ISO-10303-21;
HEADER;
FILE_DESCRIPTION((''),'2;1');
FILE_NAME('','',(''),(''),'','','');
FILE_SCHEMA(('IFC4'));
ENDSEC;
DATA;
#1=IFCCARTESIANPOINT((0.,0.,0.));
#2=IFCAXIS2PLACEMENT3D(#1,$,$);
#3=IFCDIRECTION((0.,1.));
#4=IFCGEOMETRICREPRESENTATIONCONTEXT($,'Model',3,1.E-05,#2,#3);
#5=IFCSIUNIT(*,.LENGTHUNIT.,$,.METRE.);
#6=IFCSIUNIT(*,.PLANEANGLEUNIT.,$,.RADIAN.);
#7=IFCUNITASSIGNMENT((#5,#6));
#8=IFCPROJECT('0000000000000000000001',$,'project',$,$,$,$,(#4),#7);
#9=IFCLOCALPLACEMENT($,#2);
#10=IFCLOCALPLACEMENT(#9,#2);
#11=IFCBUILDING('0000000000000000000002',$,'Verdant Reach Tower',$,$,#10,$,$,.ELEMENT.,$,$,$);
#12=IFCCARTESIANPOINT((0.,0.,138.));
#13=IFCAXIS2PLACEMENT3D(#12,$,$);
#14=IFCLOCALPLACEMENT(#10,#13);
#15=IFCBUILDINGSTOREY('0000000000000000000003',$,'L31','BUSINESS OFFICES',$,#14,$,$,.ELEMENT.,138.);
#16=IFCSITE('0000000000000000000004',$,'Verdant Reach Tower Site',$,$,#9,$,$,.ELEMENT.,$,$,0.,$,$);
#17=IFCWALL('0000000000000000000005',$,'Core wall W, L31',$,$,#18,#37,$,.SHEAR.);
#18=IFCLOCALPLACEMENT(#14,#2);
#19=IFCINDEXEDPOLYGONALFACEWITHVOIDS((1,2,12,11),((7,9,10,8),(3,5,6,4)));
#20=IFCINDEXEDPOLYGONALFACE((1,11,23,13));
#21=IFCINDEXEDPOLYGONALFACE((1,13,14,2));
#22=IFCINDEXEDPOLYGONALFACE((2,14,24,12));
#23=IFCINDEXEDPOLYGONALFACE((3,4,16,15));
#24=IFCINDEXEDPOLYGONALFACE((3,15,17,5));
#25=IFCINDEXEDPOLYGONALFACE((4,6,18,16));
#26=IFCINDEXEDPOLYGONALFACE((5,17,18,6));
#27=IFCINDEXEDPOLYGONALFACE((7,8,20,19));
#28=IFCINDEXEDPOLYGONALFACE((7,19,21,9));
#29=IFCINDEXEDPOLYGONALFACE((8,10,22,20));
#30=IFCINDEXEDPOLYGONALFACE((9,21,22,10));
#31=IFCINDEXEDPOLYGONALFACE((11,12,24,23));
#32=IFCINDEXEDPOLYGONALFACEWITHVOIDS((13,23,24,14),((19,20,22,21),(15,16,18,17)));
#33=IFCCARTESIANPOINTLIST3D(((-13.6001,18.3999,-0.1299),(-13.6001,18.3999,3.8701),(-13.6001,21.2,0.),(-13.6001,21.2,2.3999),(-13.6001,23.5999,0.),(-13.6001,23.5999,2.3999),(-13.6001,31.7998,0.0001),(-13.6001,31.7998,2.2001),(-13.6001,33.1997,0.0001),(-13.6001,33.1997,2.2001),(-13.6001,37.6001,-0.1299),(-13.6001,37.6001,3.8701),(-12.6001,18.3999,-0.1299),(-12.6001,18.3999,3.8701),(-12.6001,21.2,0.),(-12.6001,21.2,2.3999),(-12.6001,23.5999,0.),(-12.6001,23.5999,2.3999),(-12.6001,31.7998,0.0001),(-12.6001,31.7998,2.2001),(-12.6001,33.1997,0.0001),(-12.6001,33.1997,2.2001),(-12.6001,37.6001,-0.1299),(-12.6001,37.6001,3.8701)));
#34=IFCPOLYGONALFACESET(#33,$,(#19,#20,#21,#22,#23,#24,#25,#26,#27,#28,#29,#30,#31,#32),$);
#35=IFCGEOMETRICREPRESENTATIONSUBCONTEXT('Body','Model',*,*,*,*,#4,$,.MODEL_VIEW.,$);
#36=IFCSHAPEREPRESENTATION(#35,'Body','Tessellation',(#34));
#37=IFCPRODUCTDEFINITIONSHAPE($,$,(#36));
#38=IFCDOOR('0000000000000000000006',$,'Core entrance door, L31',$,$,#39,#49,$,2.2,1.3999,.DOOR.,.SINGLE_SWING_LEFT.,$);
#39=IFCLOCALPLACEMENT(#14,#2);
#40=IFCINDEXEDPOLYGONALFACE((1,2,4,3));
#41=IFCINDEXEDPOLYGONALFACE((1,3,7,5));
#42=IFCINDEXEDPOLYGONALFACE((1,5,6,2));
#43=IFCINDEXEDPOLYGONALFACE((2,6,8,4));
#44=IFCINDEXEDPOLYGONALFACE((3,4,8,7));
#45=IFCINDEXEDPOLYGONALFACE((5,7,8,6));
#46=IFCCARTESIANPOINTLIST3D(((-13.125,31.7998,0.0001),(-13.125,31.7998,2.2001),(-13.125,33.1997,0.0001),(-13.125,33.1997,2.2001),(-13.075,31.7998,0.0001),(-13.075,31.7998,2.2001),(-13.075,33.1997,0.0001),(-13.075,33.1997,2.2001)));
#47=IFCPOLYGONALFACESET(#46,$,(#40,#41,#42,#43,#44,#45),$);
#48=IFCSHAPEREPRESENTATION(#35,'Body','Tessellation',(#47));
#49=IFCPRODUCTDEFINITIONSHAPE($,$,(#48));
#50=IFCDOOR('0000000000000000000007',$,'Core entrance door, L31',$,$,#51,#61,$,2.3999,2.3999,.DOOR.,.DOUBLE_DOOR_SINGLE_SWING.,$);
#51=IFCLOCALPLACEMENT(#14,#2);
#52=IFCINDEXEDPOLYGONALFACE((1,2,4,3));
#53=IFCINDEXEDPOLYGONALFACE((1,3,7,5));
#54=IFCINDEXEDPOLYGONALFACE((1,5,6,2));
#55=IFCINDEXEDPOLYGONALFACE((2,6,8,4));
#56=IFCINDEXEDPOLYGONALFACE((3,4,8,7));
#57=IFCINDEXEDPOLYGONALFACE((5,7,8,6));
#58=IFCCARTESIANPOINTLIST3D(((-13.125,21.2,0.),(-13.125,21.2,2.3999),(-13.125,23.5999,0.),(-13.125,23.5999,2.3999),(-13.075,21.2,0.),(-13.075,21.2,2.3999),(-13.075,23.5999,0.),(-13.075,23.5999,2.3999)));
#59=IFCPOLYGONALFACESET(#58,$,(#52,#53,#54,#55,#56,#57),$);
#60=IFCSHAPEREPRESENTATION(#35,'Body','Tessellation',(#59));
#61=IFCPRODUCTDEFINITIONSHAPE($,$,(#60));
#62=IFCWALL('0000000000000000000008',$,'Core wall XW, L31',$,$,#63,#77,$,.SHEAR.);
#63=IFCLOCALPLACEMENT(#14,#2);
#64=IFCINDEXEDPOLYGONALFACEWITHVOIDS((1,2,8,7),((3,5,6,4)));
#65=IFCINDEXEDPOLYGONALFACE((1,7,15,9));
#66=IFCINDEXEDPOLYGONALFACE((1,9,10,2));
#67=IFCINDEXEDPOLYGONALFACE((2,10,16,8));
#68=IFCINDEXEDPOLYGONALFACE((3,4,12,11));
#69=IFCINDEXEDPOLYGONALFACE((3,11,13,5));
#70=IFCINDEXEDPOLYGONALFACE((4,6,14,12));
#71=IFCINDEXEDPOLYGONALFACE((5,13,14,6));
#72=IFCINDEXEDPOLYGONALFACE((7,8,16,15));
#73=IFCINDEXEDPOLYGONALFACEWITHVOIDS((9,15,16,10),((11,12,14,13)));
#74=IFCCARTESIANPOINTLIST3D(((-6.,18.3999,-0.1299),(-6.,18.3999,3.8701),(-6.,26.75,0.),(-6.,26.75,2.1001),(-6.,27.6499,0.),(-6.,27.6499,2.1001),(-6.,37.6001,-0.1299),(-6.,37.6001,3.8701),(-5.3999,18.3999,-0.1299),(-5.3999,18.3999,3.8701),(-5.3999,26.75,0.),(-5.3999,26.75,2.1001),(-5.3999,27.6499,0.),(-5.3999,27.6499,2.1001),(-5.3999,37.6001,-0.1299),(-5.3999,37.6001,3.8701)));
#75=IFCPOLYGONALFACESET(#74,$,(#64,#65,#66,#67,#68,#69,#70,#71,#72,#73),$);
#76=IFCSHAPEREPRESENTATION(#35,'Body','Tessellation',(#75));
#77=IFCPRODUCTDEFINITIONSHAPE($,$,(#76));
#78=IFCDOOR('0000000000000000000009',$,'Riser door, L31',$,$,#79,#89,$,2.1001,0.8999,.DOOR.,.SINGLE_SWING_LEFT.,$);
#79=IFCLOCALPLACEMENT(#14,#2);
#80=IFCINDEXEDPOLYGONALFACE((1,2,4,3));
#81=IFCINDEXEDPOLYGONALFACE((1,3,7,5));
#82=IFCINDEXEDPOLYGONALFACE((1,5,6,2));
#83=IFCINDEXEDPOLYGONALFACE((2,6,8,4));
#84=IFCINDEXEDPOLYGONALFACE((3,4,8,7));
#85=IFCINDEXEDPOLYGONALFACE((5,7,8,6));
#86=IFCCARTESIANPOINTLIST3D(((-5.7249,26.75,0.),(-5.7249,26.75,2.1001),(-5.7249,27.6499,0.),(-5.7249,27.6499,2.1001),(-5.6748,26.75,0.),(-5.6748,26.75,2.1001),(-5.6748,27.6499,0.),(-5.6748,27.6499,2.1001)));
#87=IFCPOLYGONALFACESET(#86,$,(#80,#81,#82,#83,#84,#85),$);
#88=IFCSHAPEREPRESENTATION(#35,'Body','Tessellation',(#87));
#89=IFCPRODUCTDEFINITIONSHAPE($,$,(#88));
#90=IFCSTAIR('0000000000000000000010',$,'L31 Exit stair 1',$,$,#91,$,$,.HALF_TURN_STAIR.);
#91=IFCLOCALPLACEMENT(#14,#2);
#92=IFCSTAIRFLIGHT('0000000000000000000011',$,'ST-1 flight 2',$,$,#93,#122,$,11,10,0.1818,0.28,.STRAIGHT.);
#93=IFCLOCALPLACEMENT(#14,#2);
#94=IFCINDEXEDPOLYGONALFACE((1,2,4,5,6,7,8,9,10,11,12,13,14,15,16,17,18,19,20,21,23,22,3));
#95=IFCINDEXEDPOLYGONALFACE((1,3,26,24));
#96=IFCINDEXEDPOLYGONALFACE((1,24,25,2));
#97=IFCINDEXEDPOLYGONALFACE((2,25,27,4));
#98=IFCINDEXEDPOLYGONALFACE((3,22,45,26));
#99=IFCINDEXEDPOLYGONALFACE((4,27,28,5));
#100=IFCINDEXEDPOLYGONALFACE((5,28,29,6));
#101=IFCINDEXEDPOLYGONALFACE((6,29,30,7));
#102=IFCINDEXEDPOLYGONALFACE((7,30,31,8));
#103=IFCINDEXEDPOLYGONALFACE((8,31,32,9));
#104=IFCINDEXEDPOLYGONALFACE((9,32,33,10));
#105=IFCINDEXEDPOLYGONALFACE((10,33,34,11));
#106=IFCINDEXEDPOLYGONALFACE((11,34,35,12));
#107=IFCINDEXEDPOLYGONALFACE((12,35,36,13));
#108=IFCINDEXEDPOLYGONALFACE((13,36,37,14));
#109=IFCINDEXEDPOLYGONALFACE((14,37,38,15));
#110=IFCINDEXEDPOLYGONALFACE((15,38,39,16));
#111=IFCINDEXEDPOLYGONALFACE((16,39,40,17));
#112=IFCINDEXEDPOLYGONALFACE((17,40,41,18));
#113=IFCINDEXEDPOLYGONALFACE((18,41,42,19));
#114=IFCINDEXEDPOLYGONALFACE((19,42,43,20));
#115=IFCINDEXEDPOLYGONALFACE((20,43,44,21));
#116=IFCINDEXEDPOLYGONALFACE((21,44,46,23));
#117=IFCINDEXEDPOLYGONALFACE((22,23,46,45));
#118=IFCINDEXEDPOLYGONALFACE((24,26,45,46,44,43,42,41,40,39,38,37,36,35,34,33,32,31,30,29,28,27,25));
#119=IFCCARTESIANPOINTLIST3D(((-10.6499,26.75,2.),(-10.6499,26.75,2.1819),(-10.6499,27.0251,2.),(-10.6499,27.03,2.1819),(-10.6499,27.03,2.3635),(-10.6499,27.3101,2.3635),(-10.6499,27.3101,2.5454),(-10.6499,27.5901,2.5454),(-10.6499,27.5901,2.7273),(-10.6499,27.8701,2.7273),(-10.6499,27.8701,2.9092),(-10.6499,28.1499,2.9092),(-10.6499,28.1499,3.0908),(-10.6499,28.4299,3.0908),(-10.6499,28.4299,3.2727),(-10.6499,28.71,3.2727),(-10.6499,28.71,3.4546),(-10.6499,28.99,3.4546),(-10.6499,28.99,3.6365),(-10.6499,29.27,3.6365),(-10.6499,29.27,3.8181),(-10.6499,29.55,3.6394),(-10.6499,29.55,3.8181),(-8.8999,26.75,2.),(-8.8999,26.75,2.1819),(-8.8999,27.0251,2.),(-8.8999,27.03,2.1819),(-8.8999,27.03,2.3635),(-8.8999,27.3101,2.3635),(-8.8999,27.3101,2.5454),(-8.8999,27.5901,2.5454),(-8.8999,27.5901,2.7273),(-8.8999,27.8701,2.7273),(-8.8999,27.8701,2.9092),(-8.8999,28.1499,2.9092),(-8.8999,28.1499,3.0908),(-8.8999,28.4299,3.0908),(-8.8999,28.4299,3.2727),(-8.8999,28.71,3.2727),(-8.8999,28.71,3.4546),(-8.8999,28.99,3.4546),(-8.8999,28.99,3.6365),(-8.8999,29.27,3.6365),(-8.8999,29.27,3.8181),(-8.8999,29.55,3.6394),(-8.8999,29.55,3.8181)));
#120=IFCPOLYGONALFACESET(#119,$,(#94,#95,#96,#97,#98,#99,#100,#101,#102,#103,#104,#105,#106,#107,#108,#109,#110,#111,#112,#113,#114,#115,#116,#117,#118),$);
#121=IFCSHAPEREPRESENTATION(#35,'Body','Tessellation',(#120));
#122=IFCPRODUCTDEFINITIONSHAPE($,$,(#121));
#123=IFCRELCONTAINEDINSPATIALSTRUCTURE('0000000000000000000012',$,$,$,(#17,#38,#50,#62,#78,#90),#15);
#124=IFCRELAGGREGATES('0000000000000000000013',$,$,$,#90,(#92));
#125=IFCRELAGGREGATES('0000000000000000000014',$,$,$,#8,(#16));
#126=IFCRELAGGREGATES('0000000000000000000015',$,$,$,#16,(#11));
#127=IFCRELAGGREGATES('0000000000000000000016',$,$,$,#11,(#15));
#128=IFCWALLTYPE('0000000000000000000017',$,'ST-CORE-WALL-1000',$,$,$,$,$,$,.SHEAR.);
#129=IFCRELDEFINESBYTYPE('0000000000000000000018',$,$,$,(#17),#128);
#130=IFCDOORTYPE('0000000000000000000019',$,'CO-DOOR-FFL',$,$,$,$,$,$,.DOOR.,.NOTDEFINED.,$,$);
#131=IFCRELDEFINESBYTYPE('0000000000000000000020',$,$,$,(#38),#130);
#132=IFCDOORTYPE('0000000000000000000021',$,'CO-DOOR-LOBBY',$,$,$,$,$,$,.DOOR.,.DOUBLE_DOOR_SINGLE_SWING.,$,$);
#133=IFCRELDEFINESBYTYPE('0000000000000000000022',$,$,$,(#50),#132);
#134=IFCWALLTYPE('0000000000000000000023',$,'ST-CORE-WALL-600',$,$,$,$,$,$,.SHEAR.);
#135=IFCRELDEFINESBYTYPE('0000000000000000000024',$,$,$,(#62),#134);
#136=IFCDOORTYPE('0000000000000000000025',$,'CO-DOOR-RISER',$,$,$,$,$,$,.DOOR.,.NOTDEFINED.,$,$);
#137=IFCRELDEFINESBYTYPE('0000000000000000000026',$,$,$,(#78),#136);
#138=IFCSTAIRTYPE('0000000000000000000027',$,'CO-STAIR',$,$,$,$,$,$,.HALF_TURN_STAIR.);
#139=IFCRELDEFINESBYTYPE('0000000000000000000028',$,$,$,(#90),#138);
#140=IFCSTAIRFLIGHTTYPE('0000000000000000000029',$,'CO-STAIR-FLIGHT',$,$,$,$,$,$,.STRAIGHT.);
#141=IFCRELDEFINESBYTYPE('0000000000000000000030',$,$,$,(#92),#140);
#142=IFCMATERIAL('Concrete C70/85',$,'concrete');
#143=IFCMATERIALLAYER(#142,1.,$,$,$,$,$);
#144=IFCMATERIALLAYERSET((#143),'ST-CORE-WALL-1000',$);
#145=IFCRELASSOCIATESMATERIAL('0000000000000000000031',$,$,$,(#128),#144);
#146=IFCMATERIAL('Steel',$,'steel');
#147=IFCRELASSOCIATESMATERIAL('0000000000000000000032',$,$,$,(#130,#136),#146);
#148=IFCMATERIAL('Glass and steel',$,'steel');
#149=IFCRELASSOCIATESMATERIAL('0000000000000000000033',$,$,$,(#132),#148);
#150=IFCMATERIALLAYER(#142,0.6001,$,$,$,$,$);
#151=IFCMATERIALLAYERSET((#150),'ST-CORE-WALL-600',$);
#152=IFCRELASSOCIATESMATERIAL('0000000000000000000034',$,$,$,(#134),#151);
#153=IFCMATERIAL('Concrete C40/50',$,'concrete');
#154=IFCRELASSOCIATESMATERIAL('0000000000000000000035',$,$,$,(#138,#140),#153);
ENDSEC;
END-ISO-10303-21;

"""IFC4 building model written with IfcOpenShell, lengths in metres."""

from ifc_helpers import new_model, si_unit, direction, frame, frame_2d, origin, place, context, subcontext, project, spatial, polyline, rectangle, outline, extrude, material, layer, layer_set, type_object, element, fill, aggregate, save


model = new_model("IFC4")

# Units and contexts
model_context = context("Model", 3, precision=1e-05, world=origin(), true_north=direction((0.0, 1.0)))
body_context = subcontext(model_context, "Body", "Model", "MODEL_VIEW")
ifc_project = project(units=[si_unit("LENGTHUNIT", "METRE"), si_unit("PLANEANGLEUNIT", "RADIAN")], contexts=[model_context])

# Site, building, storey
site_placement = place(None, origin())
site = spatial("IfcSite", under=ifc_project, at=site_placement, Name="Verdant Reach Tower Site", CompositionType="ELEMENT", RefElevation=0.0)
building_placement = place(site_placement, origin())
building = spatial("IfcBuilding", under=site, at=building_placement, Name="Verdant Reach Tower", CompositionType="ELEMENT")
storey_placement = place(building_placement, frame((0.0, 0.0, 138.0)))
storey = spatial("IfcBuildingStorey", under=building, at=storey_placement, Name="L31", Description="BUSINESS OFFICES", CompositionType="ELEMENT", Elevation=138.0)

# Shared definitions
ifc_material_1 = material(Name="Concrete C40/50", Category="concrete")

# Wall, openings, doors
ifc_material_2 = material(Name="Concrete C70/85", Category="concrete")
ifc_layer_1 = layer(ifc_material_2, 1.0)
ifc_layer_set_1 = layer_set([ifc_layer_1], Name="ST-CORE-WALL-1000")
wall_type_1 = type_object("IfcWallType", Name="ST-CORE-WALL-1000", PredefinedType="SHEAR", material=ifc_layer_set_1)
wall_1_placement = place(storey_placement, frame((-13.1001, 18.3999, -0.1299), z_axis=(0.0, 0.0, 1.0), x_axis=(0.0, 1.0, 0.0)))
wall_1 = element("IfcWall", 1, at=wall_1_placement, inside=storey, type_object=wall_type_1, Name="Core wall W, L31", PredefinedType="SHEAR", context=body_context, shape_type="SweptSolid", body=[
    extrude(rectangle(XDim=19.2002, YDim=1.0, at=frame_2d((9.6001, 0.0))), origin(), (0.0, 0.0, 1.0), 4.0),
])
opening_1_placement = place(wall_1_placement, frame((2.8, 0.0, 0.1299)))
opening_1 = element("IfcOpeningElement", 2, at=opening_1_placement, cuts=wall_1, PredefinedType="OPENING", context=body_context, shape_type="SweptSolid", body=[
    extrude(rectangle(XDim=2.3999, YDim=2.3999, at=frame_2d((1.2, 1.2))), frame((0.0, 0.51, 0.0), z_axis=(0.0, -1.0, 0.0), x_axis=(1.0, 0.0, 0.0)), (0.0, 0.0, 1.0), 1.02),
])
opening_2_placement = place(wall_1_placement, frame((13.3999, 0.0, 0.1299)))
opening_2 = element("IfcOpeningElement", 3, at=opening_2_placement, cuts=wall_1, PredefinedType="OPENING", context=body_context, shape_type="SweptSolid", body=[
    extrude(rectangle(XDim=1.3999, YDim=2.2, at=frame_2d((0.7, 1.1001))), frame((0.0, 0.51, 0.0), z_axis=(0.0, -1.0, 0.0), x_axis=(1.0, 0.0, 0.0)), (0.0, 0.0, 1.0), 1.02),
])
ifc_material_3 = material(Name="Steel", Category="steel")
door_type_1 = type_object("IfcDoorType", Name="CO-DOOR-FFL", OperationType="NOTDEFINED", PredefinedType="DOOR", material=ifc_material_3)
door_1_placement = place(opening_2_placement, origin())
door_1 = element("IfcDoor", 4, at=door_1_placement, inside=storey, type_object=door_type_1, Name="Core entrance door, L31", OperationType="SINGLE_SWING_LEFT", OverallHeight=2.2, OverallWidth=1.3999, PredefinedType="DOOR", context=body_context, shape_type="SweptSolid", body=[
    extrude(rectangle(XDim=1.3999, YDim=2.2, at=frame_2d((0.7, 1.1001))), frame((0.0, 0.0249, 0.0), z_axis=(0.0, -1.0, 0.0), x_axis=(1.0, 0.0, 0.0)), (0.0, 0.0, 1.0), 0.05),
])
fill(opening_2, door_1)
ifc_material_4 = material(Name="Glass and steel", Category="steel")
door_type_2 = type_object("IfcDoorType", Name="CO-DOOR-LOBBY", OperationType="DOUBLE_DOOR_SINGLE_SWING", PredefinedType="DOOR", material=ifc_material_4)
door_2_placement = place(opening_1_placement, origin())
door_2 = element("IfcDoor", 5, at=door_2_placement, inside=storey, type_object=door_type_2, Name="Core entrance door, L31", OperationType="DOUBLE_DOOR_SINGLE_SWING", OverallHeight=2.3999, OverallWidth=2.3999, PredefinedType="DOOR", context=body_context, shape_type="SweptSolid", body=[
    extrude(rectangle(XDim=2.3999, YDim=2.3999, at=frame_2d((1.2, 1.2))), frame((0.0, 0.0249, 0.0), z_axis=(0.0, -1.0, 0.0), x_axis=(1.0, 0.0, 0.0)), (0.0, 0.0, 1.0), 0.05),
])
fill(opening_1, door_2)

# Wall, opening, door
ifc_layer_2 = layer(ifc_material_2, 0.6001)
ifc_layer_set_2 = layer_set([ifc_layer_2], Name="ST-CORE-WALL-600")
wall_type_2 = type_object("IfcWallType", Name="ST-CORE-WALL-600", PredefinedType="SHEAR", material=ifc_layer_set_2)
wall_2_placement = place(storey_placement, frame((-5.7, 18.3999, -0.1299), z_axis=(0.0, 0.0, 1.0), x_axis=(0.0, 1.0, 0.0)))
wall_2 = element("IfcWall", 6, at=wall_2_placement, inside=storey, type_object=wall_type_2, Name="Core wall XW, L31", PredefinedType="SHEAR", context=body_context, shape_type="SweptSolid", body=[
    extrude(rectangle(XDim=19.2002, YDim=0.6001, at=frame_2d((9.6001, 0.0))), origin(), (0.0, 0.0, 1.0), 4.0),
])
opening_3_placement = place(wall_2_placement, frame((8.3501, 0.0, 0.1299)))
opening_3 = element("IfcOpeningElement", 7, at=opening_3_placement, cuts=wall_2, PredefinedType="OPENING", context=body_context, shape_type="SweptSolid", body=[
    extrude(rectangle(XDim=0.8999, YDim=2.1001, at=frame_2d((0.45, 1.05))), frame((0.0, 0.3101, 0.0), z_axis=(0.0, -1.0, 0.0), x_axis=(1.0, 0.0, 0.0)), (0.0, 0.0, 1.0), 0.6201),
])
door_type_3 = type_object("IfcDoorType", Name="CO-DOOR-RISER", OperationType="NOTDEFINED", PredefinedType="DOOR", material=ifc_material_3)
door_3_placement = place(opening_3_placement, origin())
door_3 = element("IfcDoor", 8, at=door_3_placement, inside=storey, type_object=door_type_3, Name="Riser door, L31", OperationType="SINGLE_SWING_LEFT", OverallHeight=2.1001, OverallWidth=0.8999, PredefinedType="DOOR", context=body_context, shape_type="SweptSolid", body=[
    extrude(rectangle(XDim=0.8999, YDim=2.1001, at=frame_2d((0.45, 1.05))), frame((0.0, 0.0249, 0.0), z_axis=(0.0, -1.0, 0.0), x_axis=(1.0, 0.0, 0.0)), (0.0, 0.0, 1.0), 0.05),
])
fill(opening_3, door_3)

# Stair, stair flight
stair_type = type_object("IfcStairType", Name="CO-STAIR", PredefinedType="HALF_TURN_STAIR", material=ifc_material_1)
stair_placement = place(storey_placement, origin())
stair = element("IfcStair", 9, at=stair_placement, inside=storey, type_object=stair_type, Name="L31 Exit stair 1", PredefinedType="HALF_TURN_STAIR")
stair_flight_type = type_object("IfcStairFlightType", Name="CO-STAIR-FLIGHT", PredefinedType="STRAIGHT", material=ifc_material_1)
stair_flight_placement = place(storey_placement, frame((-9.7749, 26.75, 2.0), z_axis=(0.0, 0.0, 1.0), x_axis=(0.0, 1.0, 0.0)))
stair_flight = element("IfcStairFlight", 10, at=stair_flight_placement, type_object=stair_flight_type, Name="ST-1 flight 2", NumberOfRisers=11, NumberOfTreads=10, PredefinedType="STRAIGHT", RiserHeight=0.1818, TreadLength=0.28, context=body_context, shape_type="SweptSolid", body=[
    extrude(outline(polyline([(0.0, 0.0), (0.0, 0.1819), (0.28, 0.1819), (0.28, 0.3635), (0.5601, 0.3635), (0.5601, 0.5454), (0.8401, 0.5454), (0.8401, 0.7273), (1.1201, 0.7273), (1.1201, 0.9092), (1.3999, 0.9092), (1.3999, 1.0908), (1.6799, 1.0908), (1.6799, 1.2727), (1.96, 1.2727), (1.96, 1.4546), (2.24, 1.4546), (2.24, 1.6365), (2.52, 1.6365), (2.52, 1.8181), (2.8, 1.8181), (2.8, 2.0), (2.8, 1.6394), (0.2751, 0.0), (0.0, 0.0)])), frame((0.0, 0.875, 0.0), z_axis=(0.0, -1.0, 0.0), x_axis=(1.0, 0.0, 0.0)), (0.0, 0.0, 1.0), 1.75),
])
aggregate(stair, [stair_flight])

save(model, "model.ifc")
